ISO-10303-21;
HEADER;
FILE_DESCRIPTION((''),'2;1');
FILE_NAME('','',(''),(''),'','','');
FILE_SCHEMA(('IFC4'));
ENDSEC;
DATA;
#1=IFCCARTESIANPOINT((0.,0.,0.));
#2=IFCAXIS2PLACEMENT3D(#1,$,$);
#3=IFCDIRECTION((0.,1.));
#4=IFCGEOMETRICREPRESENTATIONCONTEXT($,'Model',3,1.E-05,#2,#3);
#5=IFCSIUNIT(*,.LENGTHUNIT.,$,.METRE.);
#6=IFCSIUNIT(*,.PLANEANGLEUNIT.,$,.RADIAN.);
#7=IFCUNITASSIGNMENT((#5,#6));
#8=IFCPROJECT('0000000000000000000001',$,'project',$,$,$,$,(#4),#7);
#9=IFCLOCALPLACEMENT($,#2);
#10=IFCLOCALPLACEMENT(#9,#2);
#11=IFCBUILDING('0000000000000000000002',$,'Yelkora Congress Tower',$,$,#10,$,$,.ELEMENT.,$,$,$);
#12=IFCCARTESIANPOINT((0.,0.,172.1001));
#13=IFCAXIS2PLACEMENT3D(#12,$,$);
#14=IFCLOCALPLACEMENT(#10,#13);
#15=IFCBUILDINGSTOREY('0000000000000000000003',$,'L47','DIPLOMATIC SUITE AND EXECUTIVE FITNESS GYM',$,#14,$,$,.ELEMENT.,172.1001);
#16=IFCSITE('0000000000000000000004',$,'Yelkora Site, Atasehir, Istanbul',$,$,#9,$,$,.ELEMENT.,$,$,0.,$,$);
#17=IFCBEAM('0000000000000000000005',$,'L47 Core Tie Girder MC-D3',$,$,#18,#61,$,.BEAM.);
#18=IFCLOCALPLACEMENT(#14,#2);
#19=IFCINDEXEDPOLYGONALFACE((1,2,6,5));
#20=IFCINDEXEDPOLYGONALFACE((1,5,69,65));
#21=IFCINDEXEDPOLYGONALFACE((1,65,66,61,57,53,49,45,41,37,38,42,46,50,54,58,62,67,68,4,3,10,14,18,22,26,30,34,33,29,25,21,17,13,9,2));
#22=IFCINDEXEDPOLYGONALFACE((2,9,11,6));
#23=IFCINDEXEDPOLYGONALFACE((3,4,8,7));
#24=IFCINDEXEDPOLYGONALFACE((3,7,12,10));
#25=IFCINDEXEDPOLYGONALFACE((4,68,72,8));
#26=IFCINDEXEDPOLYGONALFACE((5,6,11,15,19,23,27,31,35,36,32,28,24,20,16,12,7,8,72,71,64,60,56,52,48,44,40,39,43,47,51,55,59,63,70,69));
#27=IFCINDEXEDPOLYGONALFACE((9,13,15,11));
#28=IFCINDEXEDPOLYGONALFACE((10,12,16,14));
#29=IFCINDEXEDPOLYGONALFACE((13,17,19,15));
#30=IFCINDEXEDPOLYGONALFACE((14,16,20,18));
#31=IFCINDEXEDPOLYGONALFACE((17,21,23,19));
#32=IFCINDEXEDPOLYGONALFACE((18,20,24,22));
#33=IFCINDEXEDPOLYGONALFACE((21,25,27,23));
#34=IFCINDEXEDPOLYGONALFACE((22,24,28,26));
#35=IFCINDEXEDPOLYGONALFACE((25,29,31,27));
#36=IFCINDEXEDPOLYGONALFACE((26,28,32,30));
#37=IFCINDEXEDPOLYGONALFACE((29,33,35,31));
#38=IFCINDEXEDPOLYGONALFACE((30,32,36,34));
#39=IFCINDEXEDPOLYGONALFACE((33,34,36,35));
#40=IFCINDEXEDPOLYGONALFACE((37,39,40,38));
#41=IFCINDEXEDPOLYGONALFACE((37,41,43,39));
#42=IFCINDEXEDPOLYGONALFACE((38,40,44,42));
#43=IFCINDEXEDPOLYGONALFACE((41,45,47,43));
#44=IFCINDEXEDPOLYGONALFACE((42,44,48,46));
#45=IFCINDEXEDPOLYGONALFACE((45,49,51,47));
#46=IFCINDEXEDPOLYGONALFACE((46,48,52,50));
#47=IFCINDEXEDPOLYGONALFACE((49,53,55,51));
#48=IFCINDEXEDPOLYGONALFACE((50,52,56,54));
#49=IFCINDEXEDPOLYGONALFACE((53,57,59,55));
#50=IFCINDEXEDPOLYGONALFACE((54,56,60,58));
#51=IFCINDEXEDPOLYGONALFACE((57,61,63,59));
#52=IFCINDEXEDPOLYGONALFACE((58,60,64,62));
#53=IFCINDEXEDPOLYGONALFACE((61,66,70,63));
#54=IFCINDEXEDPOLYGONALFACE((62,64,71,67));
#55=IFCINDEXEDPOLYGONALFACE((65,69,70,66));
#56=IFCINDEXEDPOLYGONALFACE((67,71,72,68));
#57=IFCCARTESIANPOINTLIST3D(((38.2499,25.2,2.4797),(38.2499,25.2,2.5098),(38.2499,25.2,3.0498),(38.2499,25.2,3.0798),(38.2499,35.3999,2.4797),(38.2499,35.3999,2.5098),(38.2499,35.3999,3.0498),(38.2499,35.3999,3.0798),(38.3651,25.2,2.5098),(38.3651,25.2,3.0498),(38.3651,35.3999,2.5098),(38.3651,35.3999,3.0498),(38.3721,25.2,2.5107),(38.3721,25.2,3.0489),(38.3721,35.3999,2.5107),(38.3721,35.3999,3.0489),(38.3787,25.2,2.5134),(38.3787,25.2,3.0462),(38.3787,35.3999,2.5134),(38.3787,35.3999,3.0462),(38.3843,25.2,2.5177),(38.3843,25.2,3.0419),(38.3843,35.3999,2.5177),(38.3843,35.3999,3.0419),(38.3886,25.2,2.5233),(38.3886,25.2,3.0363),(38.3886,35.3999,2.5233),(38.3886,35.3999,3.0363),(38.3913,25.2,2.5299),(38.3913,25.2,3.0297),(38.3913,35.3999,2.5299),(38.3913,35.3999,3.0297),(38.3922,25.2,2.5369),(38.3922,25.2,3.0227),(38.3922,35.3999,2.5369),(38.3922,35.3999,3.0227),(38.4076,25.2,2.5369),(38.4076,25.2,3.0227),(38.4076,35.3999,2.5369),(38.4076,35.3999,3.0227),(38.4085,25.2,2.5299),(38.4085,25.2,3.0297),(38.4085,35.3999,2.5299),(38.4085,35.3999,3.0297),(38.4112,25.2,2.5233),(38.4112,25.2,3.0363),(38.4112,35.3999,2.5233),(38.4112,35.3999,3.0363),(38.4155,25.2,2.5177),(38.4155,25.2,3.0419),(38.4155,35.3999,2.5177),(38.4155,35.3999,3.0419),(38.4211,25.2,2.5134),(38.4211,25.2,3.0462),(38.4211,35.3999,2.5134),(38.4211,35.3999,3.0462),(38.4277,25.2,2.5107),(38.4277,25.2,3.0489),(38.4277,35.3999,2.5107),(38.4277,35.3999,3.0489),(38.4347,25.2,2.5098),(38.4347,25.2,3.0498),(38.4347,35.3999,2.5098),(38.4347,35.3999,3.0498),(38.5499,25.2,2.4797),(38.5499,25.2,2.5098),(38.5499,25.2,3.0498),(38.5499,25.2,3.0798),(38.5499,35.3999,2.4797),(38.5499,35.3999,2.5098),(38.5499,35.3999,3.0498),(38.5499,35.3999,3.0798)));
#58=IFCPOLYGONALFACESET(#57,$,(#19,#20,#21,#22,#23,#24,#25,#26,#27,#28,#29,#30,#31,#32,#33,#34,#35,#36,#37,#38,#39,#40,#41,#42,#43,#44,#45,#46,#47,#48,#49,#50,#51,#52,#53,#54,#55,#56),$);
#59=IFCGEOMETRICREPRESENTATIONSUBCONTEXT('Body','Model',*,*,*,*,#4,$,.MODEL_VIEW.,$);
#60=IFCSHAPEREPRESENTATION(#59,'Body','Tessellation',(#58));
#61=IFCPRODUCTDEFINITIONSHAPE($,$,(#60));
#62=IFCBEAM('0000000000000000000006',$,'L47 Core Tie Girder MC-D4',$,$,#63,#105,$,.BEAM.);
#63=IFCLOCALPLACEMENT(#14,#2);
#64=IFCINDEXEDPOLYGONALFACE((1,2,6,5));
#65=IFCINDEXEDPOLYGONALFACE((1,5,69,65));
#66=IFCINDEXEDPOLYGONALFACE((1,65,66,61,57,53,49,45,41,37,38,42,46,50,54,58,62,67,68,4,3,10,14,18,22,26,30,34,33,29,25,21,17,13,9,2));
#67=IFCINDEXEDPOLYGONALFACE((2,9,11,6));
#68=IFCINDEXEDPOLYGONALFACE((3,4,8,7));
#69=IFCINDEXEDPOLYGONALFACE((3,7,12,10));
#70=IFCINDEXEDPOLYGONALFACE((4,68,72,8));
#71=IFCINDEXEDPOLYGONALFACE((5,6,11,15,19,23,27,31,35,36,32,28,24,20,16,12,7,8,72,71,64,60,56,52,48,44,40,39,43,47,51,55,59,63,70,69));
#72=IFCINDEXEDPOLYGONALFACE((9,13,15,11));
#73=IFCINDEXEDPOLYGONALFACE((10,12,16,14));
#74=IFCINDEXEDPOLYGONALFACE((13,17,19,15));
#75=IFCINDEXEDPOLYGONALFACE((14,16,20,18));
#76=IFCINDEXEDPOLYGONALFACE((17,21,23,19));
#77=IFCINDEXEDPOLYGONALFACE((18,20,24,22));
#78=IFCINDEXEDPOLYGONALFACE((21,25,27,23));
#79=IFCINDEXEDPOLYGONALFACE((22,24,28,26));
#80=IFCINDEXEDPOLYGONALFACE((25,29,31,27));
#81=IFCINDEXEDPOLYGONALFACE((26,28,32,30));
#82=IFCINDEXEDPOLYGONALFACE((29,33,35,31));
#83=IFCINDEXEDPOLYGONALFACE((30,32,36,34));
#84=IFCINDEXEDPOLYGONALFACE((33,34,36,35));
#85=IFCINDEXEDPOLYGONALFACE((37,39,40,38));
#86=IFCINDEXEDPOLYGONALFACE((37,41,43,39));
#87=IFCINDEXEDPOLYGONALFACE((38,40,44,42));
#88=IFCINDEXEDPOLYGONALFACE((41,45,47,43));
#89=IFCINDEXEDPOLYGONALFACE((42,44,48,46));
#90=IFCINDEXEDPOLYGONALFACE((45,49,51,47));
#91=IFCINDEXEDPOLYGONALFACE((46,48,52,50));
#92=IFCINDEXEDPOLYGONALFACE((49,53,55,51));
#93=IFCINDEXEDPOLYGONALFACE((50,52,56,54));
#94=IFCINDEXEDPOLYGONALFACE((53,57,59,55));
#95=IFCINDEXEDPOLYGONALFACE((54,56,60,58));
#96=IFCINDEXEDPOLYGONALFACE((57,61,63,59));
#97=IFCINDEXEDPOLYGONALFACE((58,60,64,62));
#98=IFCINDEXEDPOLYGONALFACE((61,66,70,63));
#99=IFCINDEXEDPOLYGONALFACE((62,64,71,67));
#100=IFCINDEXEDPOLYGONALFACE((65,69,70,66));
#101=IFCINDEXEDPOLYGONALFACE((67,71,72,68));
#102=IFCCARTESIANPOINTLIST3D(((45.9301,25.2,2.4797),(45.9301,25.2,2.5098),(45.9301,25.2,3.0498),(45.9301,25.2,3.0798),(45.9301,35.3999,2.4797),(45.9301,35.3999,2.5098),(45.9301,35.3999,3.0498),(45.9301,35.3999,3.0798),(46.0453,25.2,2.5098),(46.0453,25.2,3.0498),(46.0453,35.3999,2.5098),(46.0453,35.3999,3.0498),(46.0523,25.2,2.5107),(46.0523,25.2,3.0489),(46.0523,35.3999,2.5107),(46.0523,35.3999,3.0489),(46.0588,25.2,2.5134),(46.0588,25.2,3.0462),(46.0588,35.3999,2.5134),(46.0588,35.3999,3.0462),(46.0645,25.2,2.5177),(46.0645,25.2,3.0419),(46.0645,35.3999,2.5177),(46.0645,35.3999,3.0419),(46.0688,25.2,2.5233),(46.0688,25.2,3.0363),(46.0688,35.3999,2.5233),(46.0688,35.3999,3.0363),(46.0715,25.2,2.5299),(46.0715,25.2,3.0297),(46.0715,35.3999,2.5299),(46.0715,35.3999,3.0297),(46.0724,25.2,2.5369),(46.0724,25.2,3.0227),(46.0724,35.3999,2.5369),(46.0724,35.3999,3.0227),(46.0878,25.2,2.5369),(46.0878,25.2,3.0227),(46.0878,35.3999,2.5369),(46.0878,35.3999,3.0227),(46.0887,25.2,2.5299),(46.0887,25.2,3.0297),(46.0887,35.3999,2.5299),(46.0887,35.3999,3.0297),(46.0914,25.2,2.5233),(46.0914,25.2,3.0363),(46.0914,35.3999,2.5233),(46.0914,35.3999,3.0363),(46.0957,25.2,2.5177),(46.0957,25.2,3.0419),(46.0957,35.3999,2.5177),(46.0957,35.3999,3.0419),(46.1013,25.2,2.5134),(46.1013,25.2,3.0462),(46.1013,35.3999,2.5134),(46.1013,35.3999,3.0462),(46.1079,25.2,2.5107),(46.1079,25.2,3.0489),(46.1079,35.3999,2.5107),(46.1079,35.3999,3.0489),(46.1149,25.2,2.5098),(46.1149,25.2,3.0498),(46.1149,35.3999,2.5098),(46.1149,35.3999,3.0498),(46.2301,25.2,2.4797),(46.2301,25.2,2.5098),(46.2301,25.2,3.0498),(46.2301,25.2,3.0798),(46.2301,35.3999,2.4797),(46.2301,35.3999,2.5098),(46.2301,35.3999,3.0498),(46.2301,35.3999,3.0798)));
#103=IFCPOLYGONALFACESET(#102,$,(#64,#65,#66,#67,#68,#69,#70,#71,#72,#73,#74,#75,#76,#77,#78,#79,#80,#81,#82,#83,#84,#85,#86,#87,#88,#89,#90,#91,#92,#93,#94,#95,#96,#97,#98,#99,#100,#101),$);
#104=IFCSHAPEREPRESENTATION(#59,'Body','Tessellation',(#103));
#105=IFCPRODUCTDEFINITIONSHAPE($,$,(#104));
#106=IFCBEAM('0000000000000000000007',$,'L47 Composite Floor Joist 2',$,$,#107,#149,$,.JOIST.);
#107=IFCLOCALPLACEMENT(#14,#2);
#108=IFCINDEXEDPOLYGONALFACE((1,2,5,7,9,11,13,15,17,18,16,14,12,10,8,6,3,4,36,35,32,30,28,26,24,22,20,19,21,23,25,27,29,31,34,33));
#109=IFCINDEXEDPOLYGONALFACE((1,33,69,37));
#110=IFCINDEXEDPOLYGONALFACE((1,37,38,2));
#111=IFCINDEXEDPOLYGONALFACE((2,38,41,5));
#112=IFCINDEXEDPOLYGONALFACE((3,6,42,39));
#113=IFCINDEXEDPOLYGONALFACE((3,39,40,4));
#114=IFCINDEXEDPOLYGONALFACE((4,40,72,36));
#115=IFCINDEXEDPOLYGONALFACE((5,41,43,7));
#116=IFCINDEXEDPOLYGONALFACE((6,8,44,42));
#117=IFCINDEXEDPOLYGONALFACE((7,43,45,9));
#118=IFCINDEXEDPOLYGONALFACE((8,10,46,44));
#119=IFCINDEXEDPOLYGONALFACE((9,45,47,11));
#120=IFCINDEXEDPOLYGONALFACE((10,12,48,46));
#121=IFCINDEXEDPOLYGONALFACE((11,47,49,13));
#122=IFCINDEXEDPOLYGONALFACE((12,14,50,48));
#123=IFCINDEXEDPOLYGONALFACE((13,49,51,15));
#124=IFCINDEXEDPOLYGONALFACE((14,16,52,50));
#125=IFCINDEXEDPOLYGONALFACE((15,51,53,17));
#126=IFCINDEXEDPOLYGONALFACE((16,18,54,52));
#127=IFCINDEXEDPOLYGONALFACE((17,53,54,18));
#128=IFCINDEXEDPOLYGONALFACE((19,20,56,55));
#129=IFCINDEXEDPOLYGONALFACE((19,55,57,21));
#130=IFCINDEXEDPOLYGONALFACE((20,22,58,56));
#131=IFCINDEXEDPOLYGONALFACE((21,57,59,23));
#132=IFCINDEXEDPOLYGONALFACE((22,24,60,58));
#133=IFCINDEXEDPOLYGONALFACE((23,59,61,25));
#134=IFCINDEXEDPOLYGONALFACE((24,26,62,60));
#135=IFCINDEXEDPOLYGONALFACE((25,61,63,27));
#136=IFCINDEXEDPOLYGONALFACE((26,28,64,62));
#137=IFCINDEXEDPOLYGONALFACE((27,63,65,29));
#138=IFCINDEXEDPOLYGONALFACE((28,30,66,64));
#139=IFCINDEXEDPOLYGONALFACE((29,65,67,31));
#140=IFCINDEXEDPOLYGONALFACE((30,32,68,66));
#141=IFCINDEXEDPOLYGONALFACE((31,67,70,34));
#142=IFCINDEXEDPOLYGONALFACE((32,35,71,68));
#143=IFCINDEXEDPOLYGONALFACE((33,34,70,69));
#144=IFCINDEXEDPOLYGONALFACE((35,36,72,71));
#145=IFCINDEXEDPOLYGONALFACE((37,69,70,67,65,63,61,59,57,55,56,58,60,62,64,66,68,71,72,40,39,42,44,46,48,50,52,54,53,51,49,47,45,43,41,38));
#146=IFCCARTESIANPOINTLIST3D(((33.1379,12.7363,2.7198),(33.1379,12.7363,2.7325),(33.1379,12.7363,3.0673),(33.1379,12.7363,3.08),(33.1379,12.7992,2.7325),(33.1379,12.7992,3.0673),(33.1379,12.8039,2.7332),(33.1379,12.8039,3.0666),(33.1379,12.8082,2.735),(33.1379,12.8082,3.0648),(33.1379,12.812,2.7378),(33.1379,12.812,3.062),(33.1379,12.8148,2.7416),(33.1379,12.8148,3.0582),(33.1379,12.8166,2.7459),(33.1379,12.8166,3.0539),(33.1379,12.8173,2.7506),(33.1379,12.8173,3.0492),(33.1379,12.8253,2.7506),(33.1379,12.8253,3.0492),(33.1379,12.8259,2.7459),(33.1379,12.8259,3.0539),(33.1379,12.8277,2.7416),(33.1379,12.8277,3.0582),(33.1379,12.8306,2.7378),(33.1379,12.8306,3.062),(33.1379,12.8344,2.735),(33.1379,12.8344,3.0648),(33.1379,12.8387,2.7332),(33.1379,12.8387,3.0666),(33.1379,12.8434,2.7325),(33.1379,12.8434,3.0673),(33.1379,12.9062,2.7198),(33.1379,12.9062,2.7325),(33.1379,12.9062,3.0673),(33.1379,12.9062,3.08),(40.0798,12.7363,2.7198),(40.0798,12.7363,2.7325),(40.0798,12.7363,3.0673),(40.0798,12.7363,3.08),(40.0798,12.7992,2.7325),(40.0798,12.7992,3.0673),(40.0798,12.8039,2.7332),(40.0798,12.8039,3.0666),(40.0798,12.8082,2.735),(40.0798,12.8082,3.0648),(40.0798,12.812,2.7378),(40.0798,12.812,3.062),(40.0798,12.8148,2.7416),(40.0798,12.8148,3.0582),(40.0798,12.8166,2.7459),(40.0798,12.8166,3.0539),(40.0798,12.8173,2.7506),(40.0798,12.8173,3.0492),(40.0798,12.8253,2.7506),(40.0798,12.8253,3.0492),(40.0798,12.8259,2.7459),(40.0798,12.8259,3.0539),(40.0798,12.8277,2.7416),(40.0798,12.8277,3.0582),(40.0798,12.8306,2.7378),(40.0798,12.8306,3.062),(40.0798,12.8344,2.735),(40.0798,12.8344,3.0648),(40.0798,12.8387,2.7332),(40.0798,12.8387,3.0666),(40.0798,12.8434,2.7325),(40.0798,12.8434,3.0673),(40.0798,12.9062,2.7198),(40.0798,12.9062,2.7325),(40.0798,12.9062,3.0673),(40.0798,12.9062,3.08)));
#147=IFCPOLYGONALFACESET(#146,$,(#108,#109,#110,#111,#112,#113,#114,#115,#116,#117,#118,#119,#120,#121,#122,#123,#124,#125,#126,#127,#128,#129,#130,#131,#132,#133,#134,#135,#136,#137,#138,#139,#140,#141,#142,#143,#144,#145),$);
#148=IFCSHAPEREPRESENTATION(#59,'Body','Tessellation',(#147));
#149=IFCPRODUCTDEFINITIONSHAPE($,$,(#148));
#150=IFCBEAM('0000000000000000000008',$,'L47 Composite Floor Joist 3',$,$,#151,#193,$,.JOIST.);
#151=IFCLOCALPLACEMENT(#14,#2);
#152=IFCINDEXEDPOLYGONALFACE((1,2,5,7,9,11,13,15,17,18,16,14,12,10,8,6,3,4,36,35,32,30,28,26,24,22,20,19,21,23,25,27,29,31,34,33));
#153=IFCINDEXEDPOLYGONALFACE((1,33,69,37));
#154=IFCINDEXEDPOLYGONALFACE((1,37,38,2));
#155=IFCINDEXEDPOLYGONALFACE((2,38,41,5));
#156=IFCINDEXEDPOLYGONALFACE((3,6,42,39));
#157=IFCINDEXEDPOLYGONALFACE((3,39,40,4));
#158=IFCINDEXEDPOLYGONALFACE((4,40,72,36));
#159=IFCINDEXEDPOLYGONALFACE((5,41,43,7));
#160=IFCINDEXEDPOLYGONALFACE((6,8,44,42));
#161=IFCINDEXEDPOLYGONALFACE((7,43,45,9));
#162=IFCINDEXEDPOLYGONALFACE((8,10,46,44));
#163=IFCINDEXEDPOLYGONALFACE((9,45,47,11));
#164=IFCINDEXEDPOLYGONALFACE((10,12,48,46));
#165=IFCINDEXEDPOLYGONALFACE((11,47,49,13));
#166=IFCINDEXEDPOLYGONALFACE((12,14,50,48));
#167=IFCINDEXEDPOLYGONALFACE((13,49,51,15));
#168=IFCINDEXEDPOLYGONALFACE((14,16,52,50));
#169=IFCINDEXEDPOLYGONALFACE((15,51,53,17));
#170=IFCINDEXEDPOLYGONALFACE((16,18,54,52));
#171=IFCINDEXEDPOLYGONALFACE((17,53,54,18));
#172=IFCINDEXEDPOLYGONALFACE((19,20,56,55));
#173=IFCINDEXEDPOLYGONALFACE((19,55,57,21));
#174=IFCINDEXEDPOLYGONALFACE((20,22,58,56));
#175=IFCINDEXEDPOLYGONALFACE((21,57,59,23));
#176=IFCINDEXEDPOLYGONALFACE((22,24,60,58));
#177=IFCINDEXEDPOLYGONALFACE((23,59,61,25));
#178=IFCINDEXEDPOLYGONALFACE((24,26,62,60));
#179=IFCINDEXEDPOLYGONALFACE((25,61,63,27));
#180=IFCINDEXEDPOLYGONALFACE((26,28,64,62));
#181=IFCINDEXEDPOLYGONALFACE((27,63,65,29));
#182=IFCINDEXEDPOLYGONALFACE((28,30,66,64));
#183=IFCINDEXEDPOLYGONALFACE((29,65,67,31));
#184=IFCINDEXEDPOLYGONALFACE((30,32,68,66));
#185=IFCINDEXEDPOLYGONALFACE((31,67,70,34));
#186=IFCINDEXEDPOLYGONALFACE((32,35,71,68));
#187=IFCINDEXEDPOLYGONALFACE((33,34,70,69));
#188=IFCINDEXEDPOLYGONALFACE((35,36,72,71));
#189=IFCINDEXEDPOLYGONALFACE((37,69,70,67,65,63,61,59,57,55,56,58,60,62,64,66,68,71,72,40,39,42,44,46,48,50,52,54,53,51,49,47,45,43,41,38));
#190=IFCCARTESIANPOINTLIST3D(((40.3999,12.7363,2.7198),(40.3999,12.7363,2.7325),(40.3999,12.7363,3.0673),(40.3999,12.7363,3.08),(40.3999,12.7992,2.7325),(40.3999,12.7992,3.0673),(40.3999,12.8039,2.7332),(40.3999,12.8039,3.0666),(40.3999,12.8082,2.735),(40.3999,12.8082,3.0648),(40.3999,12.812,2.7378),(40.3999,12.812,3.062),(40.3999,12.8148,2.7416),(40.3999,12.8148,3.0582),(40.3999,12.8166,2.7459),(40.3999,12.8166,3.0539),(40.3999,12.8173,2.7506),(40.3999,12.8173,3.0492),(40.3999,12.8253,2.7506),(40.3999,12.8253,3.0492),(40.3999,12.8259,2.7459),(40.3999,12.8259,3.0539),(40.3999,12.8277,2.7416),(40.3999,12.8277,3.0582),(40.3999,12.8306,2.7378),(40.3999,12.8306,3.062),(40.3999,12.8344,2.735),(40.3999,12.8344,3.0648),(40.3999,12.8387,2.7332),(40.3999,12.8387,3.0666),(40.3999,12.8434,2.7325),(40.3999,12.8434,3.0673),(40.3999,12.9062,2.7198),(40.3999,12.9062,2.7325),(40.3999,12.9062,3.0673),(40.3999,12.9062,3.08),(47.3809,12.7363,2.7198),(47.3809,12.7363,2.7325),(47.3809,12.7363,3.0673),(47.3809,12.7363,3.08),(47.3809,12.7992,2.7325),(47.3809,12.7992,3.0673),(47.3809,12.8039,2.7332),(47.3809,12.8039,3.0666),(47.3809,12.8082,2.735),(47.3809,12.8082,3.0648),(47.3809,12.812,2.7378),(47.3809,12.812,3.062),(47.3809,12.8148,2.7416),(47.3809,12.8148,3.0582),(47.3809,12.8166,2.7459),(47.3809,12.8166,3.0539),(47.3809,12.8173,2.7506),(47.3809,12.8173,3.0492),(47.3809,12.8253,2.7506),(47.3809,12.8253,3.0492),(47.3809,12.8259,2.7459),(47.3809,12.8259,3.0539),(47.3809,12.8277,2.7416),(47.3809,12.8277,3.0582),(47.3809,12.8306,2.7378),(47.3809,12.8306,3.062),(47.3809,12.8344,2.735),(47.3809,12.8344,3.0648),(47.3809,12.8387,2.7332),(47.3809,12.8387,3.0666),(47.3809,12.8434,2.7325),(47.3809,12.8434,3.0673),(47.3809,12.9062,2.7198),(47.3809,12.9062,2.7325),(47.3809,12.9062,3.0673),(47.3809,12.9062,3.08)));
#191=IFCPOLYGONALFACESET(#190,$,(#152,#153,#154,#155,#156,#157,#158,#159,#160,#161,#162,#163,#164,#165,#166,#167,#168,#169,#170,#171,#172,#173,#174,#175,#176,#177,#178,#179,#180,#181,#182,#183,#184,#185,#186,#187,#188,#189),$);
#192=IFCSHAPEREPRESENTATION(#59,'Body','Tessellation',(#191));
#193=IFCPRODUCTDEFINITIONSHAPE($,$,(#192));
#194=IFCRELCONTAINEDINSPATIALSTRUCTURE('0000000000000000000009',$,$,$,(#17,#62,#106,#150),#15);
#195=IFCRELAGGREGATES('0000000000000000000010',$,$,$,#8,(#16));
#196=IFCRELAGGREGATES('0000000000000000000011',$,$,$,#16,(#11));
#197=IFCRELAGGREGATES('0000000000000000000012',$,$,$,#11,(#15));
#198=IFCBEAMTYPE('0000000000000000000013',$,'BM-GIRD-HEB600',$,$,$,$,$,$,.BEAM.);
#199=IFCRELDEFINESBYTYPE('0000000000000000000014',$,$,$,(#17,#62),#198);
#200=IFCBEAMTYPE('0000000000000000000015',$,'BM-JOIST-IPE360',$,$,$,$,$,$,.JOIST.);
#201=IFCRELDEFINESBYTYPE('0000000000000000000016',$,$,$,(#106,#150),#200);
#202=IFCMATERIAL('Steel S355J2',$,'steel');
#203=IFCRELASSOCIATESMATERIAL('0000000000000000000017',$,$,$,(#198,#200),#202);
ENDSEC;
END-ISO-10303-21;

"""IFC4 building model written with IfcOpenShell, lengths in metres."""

from ifc_helpers import new_model, si_unit, direction, frame, origin, origin_2d, place, context, subcontext, project, spatial, i_section, extrude, material, material_profile, profile_set, type_object, element, save


model = new_model("IFC4")

# Units and contexts
model_context = context("Model", 3, precision=1e-05, world=origin(), true_north=direction((0.0, 1.0)))
body_context = subcontext(model_context, "Body", "Model", "MODEL_VIEW")
ifc_project = project(units=[si_unit("LENGTHUNIT", "METRE"), si_unit("PLANEANGLEUNIT", "RADIAN")], contexts=[model_context])

# Site, building, storey
site_placement = place(None, origin())
site = spatial("IfcSite", under=ifc_project, at=site_placement, Name="Yelkora Site, Atasehir, Istanbul", CompositionType="ELEMENT", RefElevation=0.0)
building_placement = place(site_placement, origin())
building = spatial("IfcBuilding", under=site, at=building_placement, Name="Yelkora Congress Tower", CompositionType="ELEMENT")
storey_placement = place(building_placement, frame((0.0, 0.0, 172.1001)))
storey = spatial("IfcBuildingStorey", under=building, at=storey_placement, Name="L47", Description="DIPLOMATIC SUITE AND EXECUTIVE FITNESS GYM", CompositionType="ELEMENT", Elevation=172.1001)

# Beams
ifc_material_1 = material(Name="Steel S355J2", Category="steel")
ifc_material_profile_1 = material_profile(ifc_material_1, i_section(OverallWidth=0.3, OverallDepth=0.6001, WebThickness=0.0154, FlangeThickness=0.03, FilletRadius=0.0271, at=origin_2d()), Name="HEB 600")
ifc_profile_set_1 = profile_set([ifc_material_profile_1], Name="Steel S355J2")
beam_type_1 = type_object("IfcBeamType", Name="BM-GIRD-HEB600", PredefinedType="BEAM", material=ifc_profile_set_1)
for number, where, z_axis, x_axis, name in (
    (1, (38.3999, 25.2, 2.7798), (0.0, 1.0, 0.0), (-1.0, 0.0, 0.0), "L47 Core Tie Girder MC-D3"),
    (2, (46.0801, 25.2, 2.7798), (0.0, 1.0, 0.0), (-1.0, 0.0, 0.0), "L47 Core Tie Girder MC-D4"),
):
    element("IfcBeam", number, at=place(storey_placement, frame(where, z_axis=z_axis, x_axis=x_axis)), inside=storey, type_object=beam_type_1, Name=name, PredefinedType="BEAM", context=body_context, shape_type="SweptSolid", body=[
        extrude(i_section(OverallWidth=0.3, OverallDepth=0.6001, WebThickness=0.0154, FlangeThickness=0.03, FilletRadius=0.0271, at=origin_2d()), origin(), (0.0, 0.0, 1.0), 10.2),
    ])
ifc_material_profile_2 = material_profile(ifc_material_1, i_section(OverallWidth=0.1699, OverallDepth=0.3601, WebThickness=0.0081, FlangeThickness=0.0127, FilletRadius=0.0181, at=origin_2d()), Name="IPE 360")
ifc_profile_set_2 = profile_set([ifc_material_profile_2], Name="Steel S355J2")
beam_type_2 = type_object("IfcBeamType", Name="BM-JOIST-IPE360", PredefinedType="JOIST", material=ifc_profile_set_2)
beam_1_placement = place(storey_placement, frame((33.1379, 12.8213, 2.8999), z_axis=(1.0, 0.0, 0.0), x_axis=(0.0, 1.0, 0.0)))
element("IfcBeam", 3, at=beam_1_placement, inside=storey, type_object=beam_type_2, Name="L47 Composite Floor Joist 2", PredefinedType="JOIST", context=body_context, shape_type="SweptSolid", body=[
    extrude(i_section(OverallWidth=0.1699, OverallDepth=0.3601, WebThickness=0.0081, FlangeThickness=0.0127, FilletRadius=0.0181, at=origin_2d()), origin(), (0.0, 0.0, 1.0), 6.9419),
])
beam_2_placement = place(storey_placement, frame((40.3999, 12.8213, 2.8999), z_axis=(1.0, 0.0, 0.0), x_axis=(0.0, 1.0, 0.0)))
element("IfcBeam", 4, at=beam_2_placement, inside=storey, type_object=beam_type_2, Name="L47 Composite Floor Joist 3", PredefinedType="JOIST", context=body_context, shape_type="SweptSolid", body=[
    extrude(i_section(OverallWidth=0.1699, OverallDepth=0.3601, WebThickness=0.0081, FlangeThickness=0.0127, FilletRadius=0.0181, at=origin_2d()), origin(), (0.0, 0.0, 1.0), 6.981),
])

save(model, "model.ifc")
